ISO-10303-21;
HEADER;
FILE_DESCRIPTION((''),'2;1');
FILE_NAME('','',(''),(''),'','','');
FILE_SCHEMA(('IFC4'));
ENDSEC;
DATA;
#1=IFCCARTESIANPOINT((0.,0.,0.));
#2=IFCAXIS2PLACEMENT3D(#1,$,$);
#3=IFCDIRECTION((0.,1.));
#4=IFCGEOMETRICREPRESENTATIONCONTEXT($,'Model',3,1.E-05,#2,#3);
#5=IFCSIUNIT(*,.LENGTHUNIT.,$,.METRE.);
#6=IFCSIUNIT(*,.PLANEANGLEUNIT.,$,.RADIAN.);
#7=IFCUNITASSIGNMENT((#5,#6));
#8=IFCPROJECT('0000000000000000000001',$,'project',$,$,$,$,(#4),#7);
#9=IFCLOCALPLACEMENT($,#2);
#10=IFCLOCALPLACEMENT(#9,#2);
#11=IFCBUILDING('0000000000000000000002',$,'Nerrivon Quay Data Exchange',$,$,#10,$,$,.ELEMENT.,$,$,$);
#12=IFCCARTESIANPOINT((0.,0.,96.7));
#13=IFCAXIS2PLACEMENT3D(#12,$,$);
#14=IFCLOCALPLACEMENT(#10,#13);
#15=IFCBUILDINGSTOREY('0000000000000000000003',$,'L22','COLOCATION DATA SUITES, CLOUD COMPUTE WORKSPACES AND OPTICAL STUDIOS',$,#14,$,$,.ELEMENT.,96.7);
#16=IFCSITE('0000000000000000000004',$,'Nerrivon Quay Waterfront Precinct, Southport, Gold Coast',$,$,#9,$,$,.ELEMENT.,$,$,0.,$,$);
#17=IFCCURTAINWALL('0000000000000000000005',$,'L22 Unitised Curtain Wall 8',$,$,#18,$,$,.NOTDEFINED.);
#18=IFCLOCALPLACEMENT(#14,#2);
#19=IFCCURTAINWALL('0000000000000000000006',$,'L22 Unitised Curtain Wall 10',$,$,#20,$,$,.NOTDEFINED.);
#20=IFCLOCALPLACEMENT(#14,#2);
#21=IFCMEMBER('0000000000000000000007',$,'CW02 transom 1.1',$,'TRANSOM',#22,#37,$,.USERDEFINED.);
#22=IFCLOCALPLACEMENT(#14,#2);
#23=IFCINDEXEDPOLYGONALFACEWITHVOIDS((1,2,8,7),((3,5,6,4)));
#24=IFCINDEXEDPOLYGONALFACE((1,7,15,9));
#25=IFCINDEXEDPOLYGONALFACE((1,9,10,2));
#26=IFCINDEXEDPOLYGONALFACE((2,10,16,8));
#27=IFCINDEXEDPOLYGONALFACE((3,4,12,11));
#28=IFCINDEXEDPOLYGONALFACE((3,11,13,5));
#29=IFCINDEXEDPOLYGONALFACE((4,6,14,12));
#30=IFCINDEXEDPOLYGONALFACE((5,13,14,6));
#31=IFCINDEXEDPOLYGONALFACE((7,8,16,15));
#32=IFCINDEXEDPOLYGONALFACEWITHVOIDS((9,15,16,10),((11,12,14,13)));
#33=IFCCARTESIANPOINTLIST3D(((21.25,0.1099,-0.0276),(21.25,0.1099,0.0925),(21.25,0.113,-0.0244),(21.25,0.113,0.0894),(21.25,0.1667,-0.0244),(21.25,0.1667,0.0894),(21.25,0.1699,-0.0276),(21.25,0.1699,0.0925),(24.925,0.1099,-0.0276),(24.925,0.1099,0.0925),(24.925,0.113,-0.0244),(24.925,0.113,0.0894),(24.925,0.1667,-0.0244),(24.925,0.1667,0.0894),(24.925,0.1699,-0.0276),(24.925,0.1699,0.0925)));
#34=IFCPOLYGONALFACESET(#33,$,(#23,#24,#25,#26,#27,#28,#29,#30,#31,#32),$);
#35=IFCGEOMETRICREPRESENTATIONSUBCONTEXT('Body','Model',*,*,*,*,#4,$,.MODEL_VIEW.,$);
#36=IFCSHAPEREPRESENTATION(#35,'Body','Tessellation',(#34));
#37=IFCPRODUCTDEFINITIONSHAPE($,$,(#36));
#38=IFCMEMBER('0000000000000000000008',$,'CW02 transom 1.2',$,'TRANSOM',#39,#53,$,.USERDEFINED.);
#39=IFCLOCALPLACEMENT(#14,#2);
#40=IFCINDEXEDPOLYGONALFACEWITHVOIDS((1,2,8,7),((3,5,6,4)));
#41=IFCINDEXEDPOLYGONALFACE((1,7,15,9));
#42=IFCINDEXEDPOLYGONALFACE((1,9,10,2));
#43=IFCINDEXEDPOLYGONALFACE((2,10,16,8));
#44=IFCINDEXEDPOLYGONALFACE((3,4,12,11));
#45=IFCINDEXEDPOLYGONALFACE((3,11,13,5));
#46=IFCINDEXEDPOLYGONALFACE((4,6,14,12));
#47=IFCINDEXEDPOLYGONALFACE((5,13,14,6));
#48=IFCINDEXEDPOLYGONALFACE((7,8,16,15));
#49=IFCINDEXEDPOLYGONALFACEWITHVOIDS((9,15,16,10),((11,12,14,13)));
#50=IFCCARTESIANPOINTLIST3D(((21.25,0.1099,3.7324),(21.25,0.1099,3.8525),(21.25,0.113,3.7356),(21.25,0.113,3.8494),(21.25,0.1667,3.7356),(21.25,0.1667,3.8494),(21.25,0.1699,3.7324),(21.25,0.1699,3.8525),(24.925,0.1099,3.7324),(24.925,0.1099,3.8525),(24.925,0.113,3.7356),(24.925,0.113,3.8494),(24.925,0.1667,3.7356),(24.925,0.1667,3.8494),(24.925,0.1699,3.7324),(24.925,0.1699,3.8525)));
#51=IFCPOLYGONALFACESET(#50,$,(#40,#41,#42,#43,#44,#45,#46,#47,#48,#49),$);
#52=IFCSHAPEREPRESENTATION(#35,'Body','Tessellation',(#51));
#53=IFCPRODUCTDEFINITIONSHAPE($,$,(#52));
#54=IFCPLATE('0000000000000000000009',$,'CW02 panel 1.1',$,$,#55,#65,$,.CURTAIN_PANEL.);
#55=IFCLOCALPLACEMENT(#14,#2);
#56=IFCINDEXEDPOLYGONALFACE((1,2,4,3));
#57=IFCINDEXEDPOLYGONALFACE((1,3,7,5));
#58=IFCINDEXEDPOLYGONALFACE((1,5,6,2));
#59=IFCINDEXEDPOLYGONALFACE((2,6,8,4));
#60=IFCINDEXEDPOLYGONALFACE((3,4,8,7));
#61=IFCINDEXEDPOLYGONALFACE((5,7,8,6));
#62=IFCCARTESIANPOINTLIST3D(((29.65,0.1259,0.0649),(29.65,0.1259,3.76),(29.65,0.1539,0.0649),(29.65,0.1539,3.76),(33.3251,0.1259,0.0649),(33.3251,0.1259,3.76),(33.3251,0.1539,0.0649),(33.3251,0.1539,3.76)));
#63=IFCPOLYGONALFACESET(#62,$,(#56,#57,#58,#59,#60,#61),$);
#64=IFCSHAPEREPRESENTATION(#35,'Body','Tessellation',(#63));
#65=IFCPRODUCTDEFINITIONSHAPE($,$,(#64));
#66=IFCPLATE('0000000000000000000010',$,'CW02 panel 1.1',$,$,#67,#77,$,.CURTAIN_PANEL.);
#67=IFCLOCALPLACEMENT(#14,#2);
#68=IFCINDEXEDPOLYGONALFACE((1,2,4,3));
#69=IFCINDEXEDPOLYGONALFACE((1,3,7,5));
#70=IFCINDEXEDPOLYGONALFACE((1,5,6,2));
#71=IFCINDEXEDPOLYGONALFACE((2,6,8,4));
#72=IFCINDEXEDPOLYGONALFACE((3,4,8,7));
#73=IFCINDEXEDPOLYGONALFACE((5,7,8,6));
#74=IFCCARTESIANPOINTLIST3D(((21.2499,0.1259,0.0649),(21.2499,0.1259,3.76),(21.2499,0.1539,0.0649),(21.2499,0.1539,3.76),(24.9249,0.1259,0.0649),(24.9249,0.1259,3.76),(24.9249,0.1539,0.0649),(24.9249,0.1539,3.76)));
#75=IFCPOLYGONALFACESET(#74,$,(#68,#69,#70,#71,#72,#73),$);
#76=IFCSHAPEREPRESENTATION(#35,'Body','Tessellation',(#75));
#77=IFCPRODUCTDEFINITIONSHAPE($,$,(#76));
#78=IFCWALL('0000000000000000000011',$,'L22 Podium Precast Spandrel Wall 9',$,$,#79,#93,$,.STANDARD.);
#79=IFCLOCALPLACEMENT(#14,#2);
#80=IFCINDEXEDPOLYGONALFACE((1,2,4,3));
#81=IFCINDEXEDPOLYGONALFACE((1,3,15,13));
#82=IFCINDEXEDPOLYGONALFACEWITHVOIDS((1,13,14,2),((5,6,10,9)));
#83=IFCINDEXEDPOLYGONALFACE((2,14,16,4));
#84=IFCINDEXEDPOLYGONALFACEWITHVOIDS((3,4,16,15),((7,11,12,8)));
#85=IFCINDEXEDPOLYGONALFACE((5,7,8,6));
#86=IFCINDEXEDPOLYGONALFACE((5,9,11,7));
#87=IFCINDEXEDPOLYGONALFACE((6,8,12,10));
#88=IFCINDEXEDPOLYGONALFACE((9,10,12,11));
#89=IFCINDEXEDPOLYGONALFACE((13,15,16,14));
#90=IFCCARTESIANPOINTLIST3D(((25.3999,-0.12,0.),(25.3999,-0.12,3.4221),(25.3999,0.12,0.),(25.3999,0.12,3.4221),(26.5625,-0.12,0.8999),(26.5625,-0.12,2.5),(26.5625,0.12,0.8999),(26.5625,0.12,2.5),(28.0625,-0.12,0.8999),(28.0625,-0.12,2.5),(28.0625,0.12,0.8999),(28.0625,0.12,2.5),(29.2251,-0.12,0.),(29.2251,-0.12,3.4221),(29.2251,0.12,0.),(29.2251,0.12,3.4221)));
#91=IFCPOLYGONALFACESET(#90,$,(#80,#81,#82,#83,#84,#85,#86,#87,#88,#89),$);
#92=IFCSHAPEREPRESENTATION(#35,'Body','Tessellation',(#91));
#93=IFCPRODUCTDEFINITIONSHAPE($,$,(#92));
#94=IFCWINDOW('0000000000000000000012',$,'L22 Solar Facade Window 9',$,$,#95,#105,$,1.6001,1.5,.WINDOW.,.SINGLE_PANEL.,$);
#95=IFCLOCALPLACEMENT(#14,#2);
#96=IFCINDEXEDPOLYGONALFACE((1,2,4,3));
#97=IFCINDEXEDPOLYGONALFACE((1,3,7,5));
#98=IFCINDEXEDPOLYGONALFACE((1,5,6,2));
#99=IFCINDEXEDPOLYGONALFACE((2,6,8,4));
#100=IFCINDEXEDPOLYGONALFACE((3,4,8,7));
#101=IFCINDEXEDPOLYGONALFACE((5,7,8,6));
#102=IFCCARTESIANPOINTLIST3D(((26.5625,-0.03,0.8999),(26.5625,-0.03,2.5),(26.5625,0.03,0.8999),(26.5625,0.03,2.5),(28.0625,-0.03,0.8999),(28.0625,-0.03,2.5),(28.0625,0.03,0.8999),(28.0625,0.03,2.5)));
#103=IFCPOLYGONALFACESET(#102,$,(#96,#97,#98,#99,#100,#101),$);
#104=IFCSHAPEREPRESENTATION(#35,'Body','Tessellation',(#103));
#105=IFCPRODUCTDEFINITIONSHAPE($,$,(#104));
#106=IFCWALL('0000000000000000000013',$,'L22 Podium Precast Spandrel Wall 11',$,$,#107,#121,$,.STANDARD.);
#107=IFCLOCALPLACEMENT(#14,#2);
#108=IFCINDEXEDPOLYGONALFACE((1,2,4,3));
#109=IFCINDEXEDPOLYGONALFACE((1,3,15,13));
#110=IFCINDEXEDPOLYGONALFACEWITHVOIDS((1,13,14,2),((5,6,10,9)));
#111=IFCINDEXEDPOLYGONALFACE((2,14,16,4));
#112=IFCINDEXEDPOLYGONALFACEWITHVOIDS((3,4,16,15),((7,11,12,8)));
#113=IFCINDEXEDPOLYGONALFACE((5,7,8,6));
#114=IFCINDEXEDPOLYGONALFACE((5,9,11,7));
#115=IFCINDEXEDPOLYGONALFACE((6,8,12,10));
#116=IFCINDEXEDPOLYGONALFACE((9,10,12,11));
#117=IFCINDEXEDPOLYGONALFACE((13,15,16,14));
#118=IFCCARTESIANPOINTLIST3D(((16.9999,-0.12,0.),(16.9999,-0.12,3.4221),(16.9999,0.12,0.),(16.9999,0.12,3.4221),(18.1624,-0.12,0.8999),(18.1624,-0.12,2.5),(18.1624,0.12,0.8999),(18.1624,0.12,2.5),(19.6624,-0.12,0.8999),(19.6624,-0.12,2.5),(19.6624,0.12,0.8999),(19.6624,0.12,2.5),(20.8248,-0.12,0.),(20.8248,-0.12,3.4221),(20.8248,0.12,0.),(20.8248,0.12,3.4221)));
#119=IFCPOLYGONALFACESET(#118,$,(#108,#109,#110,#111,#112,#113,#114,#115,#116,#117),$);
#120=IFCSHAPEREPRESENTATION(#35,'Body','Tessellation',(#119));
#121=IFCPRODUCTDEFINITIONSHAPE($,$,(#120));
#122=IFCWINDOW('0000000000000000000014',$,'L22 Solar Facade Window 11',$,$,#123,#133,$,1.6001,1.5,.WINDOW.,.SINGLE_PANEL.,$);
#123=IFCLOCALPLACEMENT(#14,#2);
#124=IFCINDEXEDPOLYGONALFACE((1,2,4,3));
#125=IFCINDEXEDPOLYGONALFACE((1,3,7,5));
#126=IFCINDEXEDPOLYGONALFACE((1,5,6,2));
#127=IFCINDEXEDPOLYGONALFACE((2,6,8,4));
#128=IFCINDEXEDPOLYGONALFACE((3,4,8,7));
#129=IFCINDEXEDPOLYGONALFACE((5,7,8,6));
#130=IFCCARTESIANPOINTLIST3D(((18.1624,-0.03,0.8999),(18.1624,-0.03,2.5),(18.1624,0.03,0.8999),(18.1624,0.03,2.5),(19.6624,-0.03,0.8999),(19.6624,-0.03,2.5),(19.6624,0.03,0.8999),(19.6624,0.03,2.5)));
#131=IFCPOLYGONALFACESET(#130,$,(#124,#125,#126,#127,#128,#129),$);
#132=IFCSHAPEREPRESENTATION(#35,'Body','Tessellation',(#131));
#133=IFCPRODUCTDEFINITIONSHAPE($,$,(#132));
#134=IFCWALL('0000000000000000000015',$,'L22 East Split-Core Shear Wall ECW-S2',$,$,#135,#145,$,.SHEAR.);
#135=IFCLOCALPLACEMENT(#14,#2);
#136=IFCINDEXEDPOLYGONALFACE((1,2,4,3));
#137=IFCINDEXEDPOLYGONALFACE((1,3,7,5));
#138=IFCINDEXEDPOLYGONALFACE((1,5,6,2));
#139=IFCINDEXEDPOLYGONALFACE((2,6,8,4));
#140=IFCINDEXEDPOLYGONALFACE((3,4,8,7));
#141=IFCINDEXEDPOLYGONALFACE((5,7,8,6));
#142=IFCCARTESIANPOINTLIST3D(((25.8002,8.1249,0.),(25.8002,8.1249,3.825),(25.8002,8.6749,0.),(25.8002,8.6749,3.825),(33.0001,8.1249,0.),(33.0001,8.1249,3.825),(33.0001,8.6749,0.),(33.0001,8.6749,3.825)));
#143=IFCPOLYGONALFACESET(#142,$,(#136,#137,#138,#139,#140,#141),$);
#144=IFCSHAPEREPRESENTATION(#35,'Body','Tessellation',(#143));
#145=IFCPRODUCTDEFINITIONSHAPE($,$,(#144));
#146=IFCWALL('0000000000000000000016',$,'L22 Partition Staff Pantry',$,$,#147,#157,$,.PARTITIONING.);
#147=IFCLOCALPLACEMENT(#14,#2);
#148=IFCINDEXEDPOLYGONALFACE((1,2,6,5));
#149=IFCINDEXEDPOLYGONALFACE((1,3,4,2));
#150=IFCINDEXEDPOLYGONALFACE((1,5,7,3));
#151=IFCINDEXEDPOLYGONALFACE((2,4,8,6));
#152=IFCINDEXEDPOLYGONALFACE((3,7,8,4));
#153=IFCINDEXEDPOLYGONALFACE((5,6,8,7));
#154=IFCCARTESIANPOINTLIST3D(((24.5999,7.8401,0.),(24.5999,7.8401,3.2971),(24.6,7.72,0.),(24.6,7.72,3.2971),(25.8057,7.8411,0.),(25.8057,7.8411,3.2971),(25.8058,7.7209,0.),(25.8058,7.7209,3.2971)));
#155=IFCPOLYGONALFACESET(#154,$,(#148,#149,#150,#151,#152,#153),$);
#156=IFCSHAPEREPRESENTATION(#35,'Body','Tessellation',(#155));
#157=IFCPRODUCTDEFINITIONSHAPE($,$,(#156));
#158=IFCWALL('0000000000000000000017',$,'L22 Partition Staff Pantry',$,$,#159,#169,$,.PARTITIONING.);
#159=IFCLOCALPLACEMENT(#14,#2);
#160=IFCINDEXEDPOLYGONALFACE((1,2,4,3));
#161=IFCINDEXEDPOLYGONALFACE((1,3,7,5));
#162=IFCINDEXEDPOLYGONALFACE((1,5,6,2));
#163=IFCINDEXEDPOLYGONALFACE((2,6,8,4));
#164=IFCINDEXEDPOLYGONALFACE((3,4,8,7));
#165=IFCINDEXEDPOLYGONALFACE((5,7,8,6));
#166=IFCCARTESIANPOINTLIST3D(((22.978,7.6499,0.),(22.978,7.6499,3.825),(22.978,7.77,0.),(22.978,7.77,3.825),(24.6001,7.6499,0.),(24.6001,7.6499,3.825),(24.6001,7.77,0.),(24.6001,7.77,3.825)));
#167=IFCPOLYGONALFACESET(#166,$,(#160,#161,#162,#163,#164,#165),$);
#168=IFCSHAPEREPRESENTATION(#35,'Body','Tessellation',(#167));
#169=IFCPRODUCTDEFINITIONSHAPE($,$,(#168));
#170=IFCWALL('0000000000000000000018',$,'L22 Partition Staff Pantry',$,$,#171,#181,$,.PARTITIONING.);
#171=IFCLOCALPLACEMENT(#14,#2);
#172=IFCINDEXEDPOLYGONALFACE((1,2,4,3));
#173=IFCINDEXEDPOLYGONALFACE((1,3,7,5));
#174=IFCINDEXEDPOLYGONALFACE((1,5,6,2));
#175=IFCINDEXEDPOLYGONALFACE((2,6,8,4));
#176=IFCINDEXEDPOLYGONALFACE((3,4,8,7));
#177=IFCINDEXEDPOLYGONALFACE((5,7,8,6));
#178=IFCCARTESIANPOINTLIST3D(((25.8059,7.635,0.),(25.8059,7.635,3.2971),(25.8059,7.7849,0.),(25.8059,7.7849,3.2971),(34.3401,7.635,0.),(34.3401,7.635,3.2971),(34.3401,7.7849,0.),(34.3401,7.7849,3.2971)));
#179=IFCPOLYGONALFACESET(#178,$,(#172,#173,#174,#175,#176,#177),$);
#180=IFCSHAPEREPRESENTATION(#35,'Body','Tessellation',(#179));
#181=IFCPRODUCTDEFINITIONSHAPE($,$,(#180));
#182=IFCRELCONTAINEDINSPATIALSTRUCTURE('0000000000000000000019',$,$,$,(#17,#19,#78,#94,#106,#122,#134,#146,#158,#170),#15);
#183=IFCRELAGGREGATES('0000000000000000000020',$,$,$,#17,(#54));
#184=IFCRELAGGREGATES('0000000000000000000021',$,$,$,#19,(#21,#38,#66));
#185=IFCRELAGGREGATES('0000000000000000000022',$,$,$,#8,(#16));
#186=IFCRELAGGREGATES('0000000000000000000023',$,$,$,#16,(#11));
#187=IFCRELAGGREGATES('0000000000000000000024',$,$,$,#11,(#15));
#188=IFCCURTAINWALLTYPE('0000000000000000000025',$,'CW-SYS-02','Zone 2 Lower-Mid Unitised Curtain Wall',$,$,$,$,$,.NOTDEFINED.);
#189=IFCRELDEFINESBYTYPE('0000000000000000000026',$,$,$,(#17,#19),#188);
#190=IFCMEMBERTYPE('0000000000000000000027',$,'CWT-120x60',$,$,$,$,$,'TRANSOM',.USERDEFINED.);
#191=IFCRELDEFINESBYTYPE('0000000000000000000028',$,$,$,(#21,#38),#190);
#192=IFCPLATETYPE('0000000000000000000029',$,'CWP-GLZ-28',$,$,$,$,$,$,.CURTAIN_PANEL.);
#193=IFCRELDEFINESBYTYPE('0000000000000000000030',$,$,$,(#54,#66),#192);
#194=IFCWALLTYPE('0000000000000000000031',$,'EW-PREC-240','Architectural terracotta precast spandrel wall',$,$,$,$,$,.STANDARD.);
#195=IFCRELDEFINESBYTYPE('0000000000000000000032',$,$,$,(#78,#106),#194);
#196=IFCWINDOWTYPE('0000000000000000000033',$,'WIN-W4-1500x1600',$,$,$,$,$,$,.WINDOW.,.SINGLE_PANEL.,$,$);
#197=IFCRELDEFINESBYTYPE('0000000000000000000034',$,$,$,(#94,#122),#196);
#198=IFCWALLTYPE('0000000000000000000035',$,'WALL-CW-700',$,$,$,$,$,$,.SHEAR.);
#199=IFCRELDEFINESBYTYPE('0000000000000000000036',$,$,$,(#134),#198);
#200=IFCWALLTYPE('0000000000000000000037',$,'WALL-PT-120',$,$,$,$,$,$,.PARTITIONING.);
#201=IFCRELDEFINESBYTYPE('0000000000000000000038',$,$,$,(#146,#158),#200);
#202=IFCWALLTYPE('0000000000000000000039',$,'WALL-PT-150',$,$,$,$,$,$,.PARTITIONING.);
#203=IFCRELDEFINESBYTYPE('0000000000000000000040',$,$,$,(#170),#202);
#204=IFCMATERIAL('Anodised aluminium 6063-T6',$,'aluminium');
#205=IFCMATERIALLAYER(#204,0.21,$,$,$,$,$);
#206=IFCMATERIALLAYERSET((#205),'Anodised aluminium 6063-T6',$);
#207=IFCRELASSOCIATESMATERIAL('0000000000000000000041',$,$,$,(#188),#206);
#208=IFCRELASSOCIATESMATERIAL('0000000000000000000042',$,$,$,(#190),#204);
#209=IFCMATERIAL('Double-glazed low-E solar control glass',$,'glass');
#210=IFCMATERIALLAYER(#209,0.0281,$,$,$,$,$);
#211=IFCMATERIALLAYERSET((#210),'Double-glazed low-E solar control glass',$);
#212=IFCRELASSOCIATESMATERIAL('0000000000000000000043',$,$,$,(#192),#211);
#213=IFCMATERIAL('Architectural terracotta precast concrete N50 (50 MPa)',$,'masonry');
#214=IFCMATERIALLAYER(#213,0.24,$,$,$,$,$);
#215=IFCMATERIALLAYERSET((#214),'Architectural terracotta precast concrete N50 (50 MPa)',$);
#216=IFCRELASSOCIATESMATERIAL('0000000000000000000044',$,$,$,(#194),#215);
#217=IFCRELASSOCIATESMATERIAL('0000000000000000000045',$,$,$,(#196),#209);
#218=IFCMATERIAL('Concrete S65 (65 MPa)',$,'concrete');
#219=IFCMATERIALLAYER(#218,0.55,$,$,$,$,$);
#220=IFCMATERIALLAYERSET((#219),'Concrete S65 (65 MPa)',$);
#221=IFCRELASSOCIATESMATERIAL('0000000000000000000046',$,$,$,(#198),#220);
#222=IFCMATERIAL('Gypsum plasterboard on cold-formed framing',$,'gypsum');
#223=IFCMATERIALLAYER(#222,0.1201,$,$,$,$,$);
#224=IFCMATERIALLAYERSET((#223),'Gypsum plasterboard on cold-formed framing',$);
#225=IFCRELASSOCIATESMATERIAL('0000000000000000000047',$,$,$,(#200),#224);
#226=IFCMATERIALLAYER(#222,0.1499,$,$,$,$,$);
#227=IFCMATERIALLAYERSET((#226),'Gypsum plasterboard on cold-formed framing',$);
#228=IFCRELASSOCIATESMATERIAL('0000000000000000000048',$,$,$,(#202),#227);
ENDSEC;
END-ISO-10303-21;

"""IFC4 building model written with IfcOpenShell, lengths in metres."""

from ifc_helpers import new_model, si_unit, direction, frame, frame_2d, origin, origin_2d, place, context, subcontext, project, spatial, rectangle, hollow_rectangle, extrude, material, layer, layer_set, material_profile, profile_set, type_object, element, fill, aggregate, save


model = new_model("IFC4")

# Units and contexts
model_context = context("Model", 3, precision=1e-05, world=origin(), true_north=direction((0.0, 1.0)))
body_context = subcontext(model_context, "Body", "Model", "MODEL_VIEW")
ifc_project = project(units=[si_unit("LENGTHUNIT", "METRE"), si_unit("PLANEANGLEUNIT", "RADIAN")], contexts=[model_context])

# Site, building, storey
site_placement = place(None, origin())
site = spatial("IfcSite", under=ifc_project, at=site_placement, Name="Nerrivon Quay Waterfront Precinct, Southport, Gold Coast", CompositionType="ELEMENT", RefElevation=0.0)
building_placement = place(site_placement, origin())
building = spatial("IfcBuilding", under=site, at=building_placement, Name="Nerrivon Quay Data Exchange", CompositionType="ELEMENT")
storey_placement = place(building_placement, frame((0.0, 0.0, 96.7)))
storey = spatial("IfcBuildingStorey", under=building, at=storey_placement, Name="L22", Description="COLOCATION DATA SUITES, CLOUD COMPUTE WORKSPACES AND OPTICAL STUDIOS", CompositionType="ELEMENT", Elevation=96.7)

# Shared definitions
ifc_material_1 = material(Name="Concrete S65 (65 MPa)", Category="concrete")

# Curtain wall
ifc_material_2 = material(Name="Anodised aluminium 6063-T6", Category="aluminium")
ifc_layer_1 = layer(ifc_material_2, 0.21)
ifc_layer_set_1 = layer_set([ifc_layer_1], Name="Anodised aluminium 6063-T6")
curtain_wall_type = type_object("IfcCurtainWallType", Name="CW-SYS-02", Description="Zone 2 Lower-Mid Unitised Curtain Wall", PredefinedType="NOTDEFINED", material=ifc_layer_set_1)
curtain_wall_1_placement = place(storey_placement, origin())
curtain_wall_1 = element("IfcCurtainWall", 1, at=curtain_wall_1_placement, inside=storey, type_object=curtain_wall_type, Name="L22 Unitised Curtain Wall 8", PredefinedType="NOTDEFINED")

# Curtain wall, members
curtain_wall_2_placement = place(storey_placement, origin())
curtain_wall_2 = element("IfcCurtainWall", 2, at=curtain_wall_2_placement, inside=storey, type_object=curtain_wall_type, Name="L22 Unitised Curtain Wall 10", PredefinedType="NOTDEFINED")
ifc_material_profile_1 = material_profile(ifc_material_2, hollow_rectangle(XDim=0.0601, YDim=0.1201, WallThickness=0.0032, at=origin_2d()), Name="ALU-TRAN-120x60")
ifc_profile_set_1 = profile_set([ifc_material_profile_1], Name="Anodised aluminium 6063-T6")
member_type_1 = type_object("IfcMemberType", Name="CWT-120x60", ElementType="TRANSOM", PredefinedType="USERDEFINED", material=ifc_profile_set_1)
member_1_placement = place(storey_placement, frame((24.925, 0.1399, 0.0325), z_axis=(-1.0, 0.0, 0.0), x_axis=(0.0, -1.0, 0.0)))
member_1 = element("IfcMember", 3, at=member_1_placement, type_object=member_type_1, Name="CW02 transom 1.1", ObjectType="TRANSOM", PredefinedType="USERDEFINED", context=body_context, shape_type="SweptSolid", body=[
    extrude(hollow_rectangle(XDim=0.0601, YDim=0.1201, WallThickness=0.0032, at=origin_2d()), origin(), (0.0, 0.0, 1.0), 3.675),
])
member_2_placement = place(storey_placement, frame((24.925, 0.1399, 3.7925), z_axis=(-1.0, 0.0, 0.0), x_axis=(0.0, -1.0, 0.0)))
member_2 = element("IfcMember", 4, at=member_2_placement, type_object=member_type_1, Name="CW02 transom 1.2", ObjectType="TRANSOM", PredefinedType="USERDEFINED", context=body_context, shape_type="SweptSolid", body=[
    extrude(hollow_rectangle(XDim=0.0601, YDim=0.1201, WallThickness=0.0032, at=origin_2d()), origin(), (0.0, 0.0, 1.0), 3.675),
])

# Plates
ifc_material_3 = material(Name="Double-glazed low-E solar control glass", Category="glass")
ifc_layer_2 = layer(ifc_material_3, 0.0281)
ifc_layer_set_2 = layer_set([ifc_layer_2], Name="Double-glazed low-E solar control glass")
plate_type = type_object("IfcPlateType", Name="CWP-GLZ-28", PredefinedType="CURTAIN_PANEL", material=ifc_layer_set_2)
plate_1_placement = place(storey_placement, frame((31.4875, 0.1399, 0.0649), z_axis=(0.0, 0.0, 1.0), x_axis=(-1.0, 0.0, 0.0)))
plate_1 = element("IfcPlate", 5, at=plate_1_placement, type_object=plate_type, Name="CW02 panel 1.1", PredefinedType="CURTAIN_PANEL", context=body_context, shape_type="SweptSolid", body=[
    extrude(rectangle(XDim=3.675, YDim=0.0281, at=origin_2d()), origin(), (0.0, 0.0, 1.0), 3.6951),
])
aggregate(curtain_wall_1, [plate_1])
plate_2_placement = place(storey_placement, frame((23.0874, 0.1399, 0.0649), z_axis=(0.0, 0.0, 1.0), x_axis=(-1.0, 0.0, 0.0)))
plate_2 = element("IfcPlate", 6, at=plate_2_placement, type_object=plate_type, Name="CW02 panel 1.1", PredefinedType="CURTAIN_PANEL", context=body_context, shape_type="SweptSolid", body=[
    extrude(rectangle(XDim=3.675, YDim=0.0281, at=origin_2d()), origin(), (0.0, 0.0, 1.0), 3.6951),
])
aggregate(curtain_wall_2, [member_1, member_2, plate_2])

# Walls, openings, windows
ifc_material_4 = material(Name="Architectural terracotta precast concrete N50 (50 MPa)", Category="masonry")
ifc_layer_3 = layer(ifc_material_4, 0.24)
ifc_layer_set_3 = layer_set([ifc_layer_3], Name="Architectural terracotta precast concrete N50 (50 MPa)")
wall_type_1 = type_object("IfcWallType", Name="EW-PREC-240", Description="Architectural terracotta precast spandrel wall", PredefinedType="STANDARD", material=ifc_layer_set_3)
wall_1_placement = place(storey_placement, frame((29.2251, 0.0, 0.0), z_axis=(0.0, 0.0, 1.0), x_axis=(-1.0, 0.0, 0.0)))
wall_1 = element("IfcWall", 7, at=wall_1_placement, inside=storey, type_object=wall_type_1, Name="L22 Podium Precast Spandrel Wall 9", PredefinedType="STANDARD", context=body_context, shape_type="SweptSolid", body=[
    extrude(rectangle(XDim=3.8252, YDim=0.24, at=frame_2d((1.9126, 0.0))), origin(), (0.0, 0.0, 1.0), 3.4221),
])
opening_1_placement = place(wall_1_placement, frame((1.1626, 0.0, 0.8999)))
opening_1 = element("IfcOpeningElement", 8, at=opening_1_placement, cuts=wall_1, PredefinedType="OPENING", context=body_context, shape_type="SweptSolid", body=[
    extrude(rectangle(XDim=1.5, YDim=1.6001, at=frame_2d((0.75, 0.8))), frame((0.0, 0.1299, 0.0), z_axis=(0.0, -1.0, 0.0), x_axis=(1.0, 0.0, 0.0)), (0.0, 0.0, 1.0), 0.26),
])
window_type = type_object("IfcWindowType", Name="WIN-W4-1500x1600", PartitioningType="SINGLE_PANEL", PredefinedType="WINDOW", material=ifc_material_3)
window_1_placement = place(opening_1_placement, origin())
window_1 = element("IfcWindow", 9, at=window_1_placement, inside=storey, type_object=window_type, Name="L22 Solar Facade Window 9", OverallHeight=1.6001, OverallWidth=1.5, PartitioningType="SINGLE_PANEL", PredefinedType="WINDOW", context=body_context, shape_type="SweptSolid", body=[
    extrude(rectangle(XDim=1.5, YDim=1.6001, at=frame_2d((0.75, 0.8))), frame((0.0, 0.03, 0.0), z_axis=(0.0, -1.0, 0.0), x_axis=(1.0, 0.0, 0.0)), (0.0, 0.0, 1.0), 0.0601),
])
fill(opening_1, window_1)
wall_2_placement = place(storey_placement, frame((20.825, 0.0, 0.0), z_axis=(0.0, 0.0, 1.0), x_axis=(-1.0, 0.0, 0.0)))
wall_2 = element("IfcWall", 10, at=wall_2_placement, inside=storey, type_object=wall_type_1, Name="L22 Podium Precast Spandrel Wall 11", PredefinedType="STANDARD", context=body_context, shape_type="SweptSolid", body=[
    extrude(rectangle(XDim=3.825, YDim=0.24, at=frame_2d((1.9126, 0.0))), origin(), (0.0, 0.0, 1.0), 3.4221),
])
opening_2_placement = place(wall_2_placement, frame((1.1626, 0.0, 0.8999)))
opening_2 = element("IfcOpeningElement", 11, at=opening_2_placement, cuts=wall_2, PredefinedType="OPENING", context=body_context, shape_type="SweptSolid", body=[
    extrude(rectangle(XDim=1.5, YDim=1.6001, at=frame_2d((0.75, 0.8))), frame((0.0, 0.1299, 0.0), z_axis=(0.0, -1.0, 0.0), x_axis=(1.0, 0.0, 0.0)), (0.0, 0.0, 1.0), 0.26),
])
window_2_placement = place(opening_2_placement, origin())
window_2 = element("IfcWindow", 12, at=window_2_placement, inside=storey, type_object=window_type, Name="L22 Solar Facade Window 11", OverallHeight=1.6001, OverallWidth=1.5, PartitioningType="SINGLE_PANEL", PredefinedType="WINDOW", context=body_context, shape_type="SweptSolid", body=[
    extrude(rectangle(XDim=1.5, YDim=1.6001, at=frame_2d((0.75, 0.8))), frame((0.0, 0.03, 0.0), z_axis=(0.0, -1.0, 0.0), x_axis=(1.0, 0.0, 0.0)), (0.0, 0.0, 1.0), 0.0601),
])
fill(opening_2, window_2)

# Wall
ifc_layer_4 = layer(ifc_material_1, 0.55)
ifc_layer_set_4 = layer_set([ifc_layer_4], Name="Concrete S65 (65 MPa)")
wall_type_2 = type_object("IfcWallType", Name="WALL-CW-700", PredefinedType="SHEAR", material=ifc_layer_set_4)
wall_3_placement = place(storey_placement, frame((25.8, 8.3999, 0.0), z_axis=(0.0, 0.0, 1.0), x_axis=(1.0, 0.0, 0.0)))
element("IfcWall", 13, at=wall_3_placement, inside=storey, type_object=wall_type_2, Name="L22 East Split-Core Shear Wall ECW-S2", PredefinedType="SHEAR", context=body_context, shape_type="SweptSolid", body=[
    extrude(rectangle(XDim=7.2, YDim=0.55, at=frame_2d((3.6001, 0.0))), origin(), (0.0, 0.0, 1.0), 3.825),
])

# Walls
ifc_material_5 = material(Name="Gypsum plasterboard on cold-formed framing", Category="gypsum")
ifc_layer_5 = layer(ifc_material_5, 0.1201)
ifc_layer_set_5 = layer_set([ifc_layer_5], Name="Gypsum plasterboard on cold-formed framing")
wall_type_3 = type_object("IfcWallType", Name="WALL-PT-120", PredefinedType="PARTITIONING", material=ifc_layer_set_5)
wall_4_placement = place(storey_placement, frame((25.8059, 7.781, 0.0), z_axis=(0.0, 0.0, 1.0), x_axis=(-1.0, -0.00081, 0.0)))
element("IfcWall", 14, at=wall_4_placement, inside=storey, type_object=wall_type_3, Name="L22 Partition Staff Pantry", PredefinedType="PARTITIONING", context=body_context, shape_type="SweptSolid", body=[
    extrude(rectangle(XDim=1.2058, YDim=0.1201, at=frame_2d((0.603, 0.0))), origin(), (0.0, 0.0, 1.0), 3.2971),
])
wall_5_placement = place(storey_placement, frame((22.978, 7.71, 0.0), z_axis=(0.0, 0.0, 1.0), x_axis=(1.0, 0.0, 0.0)))
element("IfcWall", 15, at=wall_5_placement, inside=storey, type_object=wall_type_3, Name="L22 Partition Staff Pantry", PredefinedType="PARTITIONING", context=body_context, shape_type="SweptSolid", body=[
    extrude(rectangle(XDim=1.6221, YDim=0.1201, at=frame_2d((0.811, 0.0))), origin(), (0.0, 0.0, 1.0), 3.825),
])
ifc_layer_6 = layer(ifc_material_5, 0.1499)
ifc_layer_set_6 = layer_set([ifc_layer_6], Name="Gypsum plasterboard on cold-formed framing")
wall_type_4 = type_object("IfcWallType", Name="WALL-PT-150", PredefinedType="PARTITIONING", material=ifc_layer_set_6)
wall_6_placement = place(storey_placement, frame((25.8059, 7.71, 0.0), z_axis=(0.0, 0.0, 1.0), x_axis=(1.0, 0.0, 0.0)))
element("IfcWall", 16, at=wall_6_placement, inside=storey, type_object=wall_type_4, Name="L22 Partition Staff Pantry", PredefinedType="PARTITIONING", context=body_context, shape_type="SweptSolid", body=[
    extrude(rectangle(XDim=8.5342, YDim=0.1499, at=frame_2d((4.2671, 0.0))), origin(), (0.0, 0.0, 1.0), 3.2971),
])

save(model, "model.ifc")
